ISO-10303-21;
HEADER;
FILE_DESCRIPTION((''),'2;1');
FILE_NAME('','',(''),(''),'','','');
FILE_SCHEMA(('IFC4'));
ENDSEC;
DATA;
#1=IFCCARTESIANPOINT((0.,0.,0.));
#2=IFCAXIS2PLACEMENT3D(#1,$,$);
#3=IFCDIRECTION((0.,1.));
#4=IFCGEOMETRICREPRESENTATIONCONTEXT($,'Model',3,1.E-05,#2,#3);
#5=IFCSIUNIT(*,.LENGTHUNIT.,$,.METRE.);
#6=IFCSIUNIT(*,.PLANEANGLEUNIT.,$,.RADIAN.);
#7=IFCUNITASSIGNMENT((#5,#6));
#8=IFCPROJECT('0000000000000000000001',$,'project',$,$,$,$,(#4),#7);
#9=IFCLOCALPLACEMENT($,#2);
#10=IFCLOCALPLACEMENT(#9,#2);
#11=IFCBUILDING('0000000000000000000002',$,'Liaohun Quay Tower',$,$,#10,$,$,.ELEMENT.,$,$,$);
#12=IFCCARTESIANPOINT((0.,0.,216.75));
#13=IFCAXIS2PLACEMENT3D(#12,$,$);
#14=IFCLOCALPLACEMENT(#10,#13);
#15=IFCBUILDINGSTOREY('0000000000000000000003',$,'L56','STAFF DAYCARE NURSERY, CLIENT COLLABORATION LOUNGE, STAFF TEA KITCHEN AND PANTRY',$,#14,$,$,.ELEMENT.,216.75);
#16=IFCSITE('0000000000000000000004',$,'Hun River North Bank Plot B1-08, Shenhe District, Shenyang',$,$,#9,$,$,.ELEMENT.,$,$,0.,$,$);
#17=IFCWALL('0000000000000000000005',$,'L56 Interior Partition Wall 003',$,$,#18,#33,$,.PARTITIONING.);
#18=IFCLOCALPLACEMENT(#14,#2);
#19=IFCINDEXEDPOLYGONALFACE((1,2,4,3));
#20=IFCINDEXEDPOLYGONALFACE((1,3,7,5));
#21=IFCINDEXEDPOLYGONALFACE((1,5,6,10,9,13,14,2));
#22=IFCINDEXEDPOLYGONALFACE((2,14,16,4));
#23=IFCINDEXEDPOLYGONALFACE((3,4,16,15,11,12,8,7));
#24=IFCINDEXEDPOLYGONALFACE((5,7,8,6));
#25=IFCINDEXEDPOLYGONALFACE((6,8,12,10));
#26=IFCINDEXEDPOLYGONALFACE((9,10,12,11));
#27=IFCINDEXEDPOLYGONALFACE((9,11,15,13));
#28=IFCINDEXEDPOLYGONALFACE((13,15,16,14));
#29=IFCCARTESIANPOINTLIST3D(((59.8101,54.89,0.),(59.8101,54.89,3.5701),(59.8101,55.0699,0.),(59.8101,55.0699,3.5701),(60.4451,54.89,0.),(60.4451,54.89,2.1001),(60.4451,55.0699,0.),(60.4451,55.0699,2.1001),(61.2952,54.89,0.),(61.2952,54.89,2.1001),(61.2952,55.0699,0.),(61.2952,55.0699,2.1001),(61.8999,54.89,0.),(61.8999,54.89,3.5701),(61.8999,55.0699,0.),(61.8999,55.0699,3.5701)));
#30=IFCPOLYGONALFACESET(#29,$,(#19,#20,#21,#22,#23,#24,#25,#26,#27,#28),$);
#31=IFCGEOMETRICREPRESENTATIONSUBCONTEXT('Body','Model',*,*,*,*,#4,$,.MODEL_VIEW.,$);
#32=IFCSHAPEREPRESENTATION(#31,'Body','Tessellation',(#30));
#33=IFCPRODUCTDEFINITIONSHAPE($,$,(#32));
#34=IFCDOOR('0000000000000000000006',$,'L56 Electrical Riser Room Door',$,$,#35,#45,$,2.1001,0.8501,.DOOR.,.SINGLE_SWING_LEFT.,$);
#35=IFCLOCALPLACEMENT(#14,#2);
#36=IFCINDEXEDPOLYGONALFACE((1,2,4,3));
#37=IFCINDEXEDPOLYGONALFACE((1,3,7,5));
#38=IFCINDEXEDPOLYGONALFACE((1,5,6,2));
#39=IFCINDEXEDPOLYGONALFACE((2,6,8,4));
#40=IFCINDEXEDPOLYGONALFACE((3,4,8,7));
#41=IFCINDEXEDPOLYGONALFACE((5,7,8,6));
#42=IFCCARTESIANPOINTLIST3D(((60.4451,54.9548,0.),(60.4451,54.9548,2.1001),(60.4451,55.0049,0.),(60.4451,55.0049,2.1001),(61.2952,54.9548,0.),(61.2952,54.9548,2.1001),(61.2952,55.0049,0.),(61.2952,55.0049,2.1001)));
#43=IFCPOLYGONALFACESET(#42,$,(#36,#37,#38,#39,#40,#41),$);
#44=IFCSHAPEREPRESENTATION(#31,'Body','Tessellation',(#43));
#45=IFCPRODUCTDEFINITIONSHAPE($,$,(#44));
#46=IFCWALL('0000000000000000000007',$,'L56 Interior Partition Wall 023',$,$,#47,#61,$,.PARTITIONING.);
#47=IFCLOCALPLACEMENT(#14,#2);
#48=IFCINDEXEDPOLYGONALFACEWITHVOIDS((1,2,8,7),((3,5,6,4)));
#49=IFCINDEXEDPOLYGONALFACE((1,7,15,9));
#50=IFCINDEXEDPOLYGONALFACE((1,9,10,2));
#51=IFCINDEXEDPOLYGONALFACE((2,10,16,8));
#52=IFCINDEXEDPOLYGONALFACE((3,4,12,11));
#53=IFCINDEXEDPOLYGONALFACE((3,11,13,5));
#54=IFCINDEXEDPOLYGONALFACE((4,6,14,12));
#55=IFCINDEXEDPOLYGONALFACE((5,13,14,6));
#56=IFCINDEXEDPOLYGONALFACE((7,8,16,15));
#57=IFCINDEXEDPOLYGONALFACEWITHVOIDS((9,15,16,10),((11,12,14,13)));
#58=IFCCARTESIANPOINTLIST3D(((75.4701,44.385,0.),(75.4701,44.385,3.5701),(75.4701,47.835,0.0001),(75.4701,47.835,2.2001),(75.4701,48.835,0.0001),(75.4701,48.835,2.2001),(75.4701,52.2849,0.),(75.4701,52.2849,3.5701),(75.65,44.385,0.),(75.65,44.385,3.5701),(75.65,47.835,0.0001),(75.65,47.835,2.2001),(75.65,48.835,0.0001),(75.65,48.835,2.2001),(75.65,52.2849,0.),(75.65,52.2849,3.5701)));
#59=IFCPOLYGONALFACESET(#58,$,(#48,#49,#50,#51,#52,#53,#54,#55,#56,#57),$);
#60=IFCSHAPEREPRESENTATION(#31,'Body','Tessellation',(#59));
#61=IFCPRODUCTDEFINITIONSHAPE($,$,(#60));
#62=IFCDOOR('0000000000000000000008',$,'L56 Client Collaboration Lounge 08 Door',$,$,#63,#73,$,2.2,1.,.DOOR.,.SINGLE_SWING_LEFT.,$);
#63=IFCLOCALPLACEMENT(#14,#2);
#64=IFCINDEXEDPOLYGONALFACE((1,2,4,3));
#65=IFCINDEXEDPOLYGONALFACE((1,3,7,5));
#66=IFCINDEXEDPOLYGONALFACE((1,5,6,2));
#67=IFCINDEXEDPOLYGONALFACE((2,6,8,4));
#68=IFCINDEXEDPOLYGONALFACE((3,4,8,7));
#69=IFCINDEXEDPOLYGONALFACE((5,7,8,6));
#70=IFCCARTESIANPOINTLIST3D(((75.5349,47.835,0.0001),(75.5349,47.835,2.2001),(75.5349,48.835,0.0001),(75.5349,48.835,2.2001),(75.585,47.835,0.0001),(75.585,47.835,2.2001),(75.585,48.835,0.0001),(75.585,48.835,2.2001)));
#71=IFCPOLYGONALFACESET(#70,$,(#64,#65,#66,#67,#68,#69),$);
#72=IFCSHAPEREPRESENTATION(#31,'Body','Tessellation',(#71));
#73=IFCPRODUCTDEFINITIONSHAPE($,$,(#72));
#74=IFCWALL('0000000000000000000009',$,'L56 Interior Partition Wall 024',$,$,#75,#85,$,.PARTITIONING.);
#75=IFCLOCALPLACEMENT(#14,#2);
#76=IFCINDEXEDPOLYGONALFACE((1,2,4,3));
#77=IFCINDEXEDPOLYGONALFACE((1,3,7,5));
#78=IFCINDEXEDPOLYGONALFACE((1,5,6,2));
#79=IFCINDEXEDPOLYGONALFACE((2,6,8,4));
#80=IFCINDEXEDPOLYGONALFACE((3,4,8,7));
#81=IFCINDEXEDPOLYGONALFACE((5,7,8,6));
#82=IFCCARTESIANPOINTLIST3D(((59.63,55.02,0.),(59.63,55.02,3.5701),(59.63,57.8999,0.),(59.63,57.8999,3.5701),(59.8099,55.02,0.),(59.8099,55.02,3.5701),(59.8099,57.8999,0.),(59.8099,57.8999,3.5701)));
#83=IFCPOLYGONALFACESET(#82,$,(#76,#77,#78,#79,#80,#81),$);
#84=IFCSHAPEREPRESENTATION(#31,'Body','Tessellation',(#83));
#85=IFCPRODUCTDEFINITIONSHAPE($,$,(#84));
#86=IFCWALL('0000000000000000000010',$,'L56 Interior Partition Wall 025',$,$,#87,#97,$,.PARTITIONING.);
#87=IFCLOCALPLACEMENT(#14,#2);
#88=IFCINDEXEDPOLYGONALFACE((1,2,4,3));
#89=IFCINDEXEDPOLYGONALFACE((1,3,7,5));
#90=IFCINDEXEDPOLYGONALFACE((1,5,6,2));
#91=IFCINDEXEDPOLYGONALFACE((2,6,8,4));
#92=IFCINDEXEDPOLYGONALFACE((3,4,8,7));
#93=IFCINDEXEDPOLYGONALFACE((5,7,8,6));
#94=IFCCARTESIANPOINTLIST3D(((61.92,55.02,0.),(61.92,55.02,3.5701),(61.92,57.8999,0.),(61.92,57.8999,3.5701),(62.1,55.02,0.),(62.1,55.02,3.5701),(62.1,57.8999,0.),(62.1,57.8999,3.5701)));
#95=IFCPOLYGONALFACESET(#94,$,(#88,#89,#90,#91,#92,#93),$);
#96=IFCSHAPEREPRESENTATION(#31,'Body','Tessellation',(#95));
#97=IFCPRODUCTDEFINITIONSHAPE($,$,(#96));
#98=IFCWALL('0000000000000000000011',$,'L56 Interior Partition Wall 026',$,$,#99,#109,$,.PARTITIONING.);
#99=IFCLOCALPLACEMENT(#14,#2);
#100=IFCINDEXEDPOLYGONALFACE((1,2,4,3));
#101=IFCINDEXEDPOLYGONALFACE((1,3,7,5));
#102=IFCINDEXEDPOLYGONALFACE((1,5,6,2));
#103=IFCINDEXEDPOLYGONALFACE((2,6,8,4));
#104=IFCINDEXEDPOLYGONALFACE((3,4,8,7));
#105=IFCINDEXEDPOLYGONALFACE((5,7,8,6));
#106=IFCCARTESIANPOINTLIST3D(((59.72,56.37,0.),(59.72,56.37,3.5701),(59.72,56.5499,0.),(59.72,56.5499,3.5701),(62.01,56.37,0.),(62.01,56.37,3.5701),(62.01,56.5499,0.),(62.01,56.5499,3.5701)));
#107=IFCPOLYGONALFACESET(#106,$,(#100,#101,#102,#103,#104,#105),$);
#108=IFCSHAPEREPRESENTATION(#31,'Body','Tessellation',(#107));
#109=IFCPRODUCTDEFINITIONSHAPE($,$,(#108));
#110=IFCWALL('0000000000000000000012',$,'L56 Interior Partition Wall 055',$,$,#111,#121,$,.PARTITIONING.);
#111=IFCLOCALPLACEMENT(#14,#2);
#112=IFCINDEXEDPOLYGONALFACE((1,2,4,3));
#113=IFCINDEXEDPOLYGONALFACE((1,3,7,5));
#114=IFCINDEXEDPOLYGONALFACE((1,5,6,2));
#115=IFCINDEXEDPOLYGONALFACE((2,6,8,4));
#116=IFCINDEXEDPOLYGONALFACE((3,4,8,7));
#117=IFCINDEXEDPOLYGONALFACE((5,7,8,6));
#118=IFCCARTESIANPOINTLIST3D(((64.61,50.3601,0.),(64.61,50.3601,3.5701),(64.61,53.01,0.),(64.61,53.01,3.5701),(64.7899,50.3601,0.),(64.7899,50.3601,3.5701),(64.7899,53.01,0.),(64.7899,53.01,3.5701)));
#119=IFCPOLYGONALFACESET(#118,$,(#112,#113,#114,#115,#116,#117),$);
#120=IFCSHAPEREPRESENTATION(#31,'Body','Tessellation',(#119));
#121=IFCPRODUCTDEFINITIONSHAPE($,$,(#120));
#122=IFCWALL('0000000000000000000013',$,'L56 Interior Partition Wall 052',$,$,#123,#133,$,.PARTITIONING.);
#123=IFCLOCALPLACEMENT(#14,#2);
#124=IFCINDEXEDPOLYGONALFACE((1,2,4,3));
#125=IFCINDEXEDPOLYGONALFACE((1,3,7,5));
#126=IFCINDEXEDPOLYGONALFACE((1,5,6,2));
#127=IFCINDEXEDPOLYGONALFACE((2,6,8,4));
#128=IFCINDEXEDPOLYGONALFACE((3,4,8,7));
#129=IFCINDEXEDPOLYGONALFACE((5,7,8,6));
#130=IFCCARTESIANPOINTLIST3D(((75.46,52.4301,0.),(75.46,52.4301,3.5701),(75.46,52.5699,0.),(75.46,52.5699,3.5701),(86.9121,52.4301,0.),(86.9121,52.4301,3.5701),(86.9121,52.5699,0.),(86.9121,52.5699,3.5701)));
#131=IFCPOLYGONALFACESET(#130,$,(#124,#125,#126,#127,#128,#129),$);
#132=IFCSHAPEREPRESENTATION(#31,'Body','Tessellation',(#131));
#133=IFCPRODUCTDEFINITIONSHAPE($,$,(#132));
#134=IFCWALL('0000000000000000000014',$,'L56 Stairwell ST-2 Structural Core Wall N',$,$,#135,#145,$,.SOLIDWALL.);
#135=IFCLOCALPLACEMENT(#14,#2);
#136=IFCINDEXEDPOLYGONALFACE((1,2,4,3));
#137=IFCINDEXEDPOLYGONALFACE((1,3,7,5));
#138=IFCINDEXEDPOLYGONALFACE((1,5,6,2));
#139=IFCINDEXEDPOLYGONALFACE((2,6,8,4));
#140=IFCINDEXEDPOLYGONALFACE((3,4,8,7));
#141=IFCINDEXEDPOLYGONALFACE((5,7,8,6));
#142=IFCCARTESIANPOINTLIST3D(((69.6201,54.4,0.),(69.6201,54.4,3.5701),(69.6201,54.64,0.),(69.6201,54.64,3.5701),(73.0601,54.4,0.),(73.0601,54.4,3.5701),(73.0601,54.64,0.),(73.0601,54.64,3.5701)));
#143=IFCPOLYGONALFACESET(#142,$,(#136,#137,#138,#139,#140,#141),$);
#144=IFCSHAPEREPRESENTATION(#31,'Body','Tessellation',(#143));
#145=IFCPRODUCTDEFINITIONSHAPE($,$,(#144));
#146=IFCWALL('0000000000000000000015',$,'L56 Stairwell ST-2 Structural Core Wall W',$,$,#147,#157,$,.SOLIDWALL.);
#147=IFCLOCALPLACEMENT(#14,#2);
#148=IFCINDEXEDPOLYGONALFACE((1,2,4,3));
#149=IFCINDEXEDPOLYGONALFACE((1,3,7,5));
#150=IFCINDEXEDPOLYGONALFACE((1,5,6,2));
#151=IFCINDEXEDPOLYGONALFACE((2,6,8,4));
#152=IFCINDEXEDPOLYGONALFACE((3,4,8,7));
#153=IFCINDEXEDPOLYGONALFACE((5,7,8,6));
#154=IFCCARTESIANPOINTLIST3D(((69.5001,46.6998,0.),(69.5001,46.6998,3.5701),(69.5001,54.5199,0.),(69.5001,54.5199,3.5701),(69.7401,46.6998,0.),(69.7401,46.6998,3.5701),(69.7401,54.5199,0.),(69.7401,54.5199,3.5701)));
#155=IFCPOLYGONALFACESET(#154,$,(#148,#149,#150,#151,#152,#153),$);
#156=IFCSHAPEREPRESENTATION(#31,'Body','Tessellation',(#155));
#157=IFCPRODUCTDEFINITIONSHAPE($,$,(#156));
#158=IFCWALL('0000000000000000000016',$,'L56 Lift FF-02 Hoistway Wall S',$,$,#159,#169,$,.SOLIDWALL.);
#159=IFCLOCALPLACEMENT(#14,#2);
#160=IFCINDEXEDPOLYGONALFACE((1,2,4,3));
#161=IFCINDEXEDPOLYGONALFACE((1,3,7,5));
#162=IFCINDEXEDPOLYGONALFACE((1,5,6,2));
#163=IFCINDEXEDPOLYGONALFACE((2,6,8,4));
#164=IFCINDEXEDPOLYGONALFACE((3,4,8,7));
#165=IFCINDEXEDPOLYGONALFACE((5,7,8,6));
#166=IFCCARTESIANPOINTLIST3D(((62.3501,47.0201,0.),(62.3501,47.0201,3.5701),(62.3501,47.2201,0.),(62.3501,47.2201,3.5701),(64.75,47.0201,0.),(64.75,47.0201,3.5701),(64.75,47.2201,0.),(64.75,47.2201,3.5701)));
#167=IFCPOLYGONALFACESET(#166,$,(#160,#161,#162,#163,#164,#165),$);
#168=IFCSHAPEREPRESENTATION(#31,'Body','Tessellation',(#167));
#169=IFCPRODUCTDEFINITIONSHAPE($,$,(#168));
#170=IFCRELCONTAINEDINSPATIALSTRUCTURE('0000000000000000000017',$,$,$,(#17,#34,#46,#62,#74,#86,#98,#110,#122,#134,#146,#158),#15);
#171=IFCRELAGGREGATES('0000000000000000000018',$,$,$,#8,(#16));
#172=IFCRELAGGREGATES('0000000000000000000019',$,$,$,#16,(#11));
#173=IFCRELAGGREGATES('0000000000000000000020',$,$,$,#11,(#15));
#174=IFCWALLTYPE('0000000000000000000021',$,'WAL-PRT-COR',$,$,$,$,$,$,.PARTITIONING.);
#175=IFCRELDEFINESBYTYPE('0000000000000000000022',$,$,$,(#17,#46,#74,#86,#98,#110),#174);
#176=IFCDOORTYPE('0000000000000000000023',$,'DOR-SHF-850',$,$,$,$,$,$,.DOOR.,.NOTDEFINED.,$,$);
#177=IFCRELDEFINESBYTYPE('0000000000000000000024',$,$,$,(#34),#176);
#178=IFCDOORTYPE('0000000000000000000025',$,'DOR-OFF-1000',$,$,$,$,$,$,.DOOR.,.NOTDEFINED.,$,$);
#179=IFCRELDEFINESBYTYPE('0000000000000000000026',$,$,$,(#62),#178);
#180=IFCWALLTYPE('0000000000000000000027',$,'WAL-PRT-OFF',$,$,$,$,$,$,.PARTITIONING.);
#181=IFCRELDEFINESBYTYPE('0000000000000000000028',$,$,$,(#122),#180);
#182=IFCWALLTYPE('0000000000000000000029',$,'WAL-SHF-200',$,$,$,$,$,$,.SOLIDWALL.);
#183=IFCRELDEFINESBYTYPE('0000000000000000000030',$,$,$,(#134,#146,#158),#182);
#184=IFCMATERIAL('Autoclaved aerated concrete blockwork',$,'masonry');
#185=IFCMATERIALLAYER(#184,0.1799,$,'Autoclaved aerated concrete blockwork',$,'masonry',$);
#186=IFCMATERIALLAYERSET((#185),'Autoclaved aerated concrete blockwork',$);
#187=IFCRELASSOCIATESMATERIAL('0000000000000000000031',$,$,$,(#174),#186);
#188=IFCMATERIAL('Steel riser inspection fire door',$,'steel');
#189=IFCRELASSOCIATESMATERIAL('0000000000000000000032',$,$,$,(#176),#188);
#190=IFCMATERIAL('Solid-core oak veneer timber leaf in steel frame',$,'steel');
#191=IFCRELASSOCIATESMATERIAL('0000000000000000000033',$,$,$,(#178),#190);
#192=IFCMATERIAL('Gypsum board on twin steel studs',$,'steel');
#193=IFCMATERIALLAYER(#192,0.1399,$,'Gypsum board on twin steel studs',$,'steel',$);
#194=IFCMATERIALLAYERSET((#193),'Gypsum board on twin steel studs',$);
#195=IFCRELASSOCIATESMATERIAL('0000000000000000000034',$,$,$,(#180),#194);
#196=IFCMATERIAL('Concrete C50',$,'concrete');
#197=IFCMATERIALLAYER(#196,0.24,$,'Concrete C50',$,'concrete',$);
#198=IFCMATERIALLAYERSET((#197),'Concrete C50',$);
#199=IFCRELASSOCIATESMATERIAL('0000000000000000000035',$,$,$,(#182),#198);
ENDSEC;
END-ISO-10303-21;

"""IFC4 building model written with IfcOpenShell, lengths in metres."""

from ifc_helpers import new_model, si_unit, direction, frame, frame_2d, origin, place, context, subcontext, project, spatial, rectangle, extrude, source, transform, mapped, material, layer, layer_set, type_object, element, fill, save


model = new_model("IFC4")

# Units and contexts
model_context = context("Model", 3, precision=1e-05, world=origin(), true_north=direction((0.0, 1.0)))
body_context = subcontext(model_context, "Body", "Model", "MODEL_VIEW")
ifc_project = project(units=[si_unit("LENGTHUNIT", "METRE"), si_unit("PLANEANGLEUNIT", "RADIAN")], contexts=[model_context])

# Site, building, storey
site_placement = place(None, origin())
site = spatial("IfcSite", under=ifc_project, at=site_placement, Name="Hun River North Bank Plot B1-08, Shenhe District, Shenyang", CompositionType="ELEMENT", RefElevation=0.0)
building_placement = place(site_placement, origin())
building = spatial("IfcBuilding", under=site, at=building_placement, Name="Liaohun Quay Tower", CompositionType="ELEMENT")
storey_placement = place(building_placement, frame((0.0, 0.0, 216.75)))
storey = spatial("IfcBuildingStorey", under=building, at=storey_placement, Name="L56", Description="STAFF DAYCARE NURSERY, CLIENT COLLABORATION LOUNGE, STAFF TEA KITCHEN AND PANTRY", CompositionType="ELEMENT", Elevation=216.75)

# Walls, openings, doors
ifc_material_1 = material(Name="Autoclaved aerated concrete blockwork", Category="masonry")
ifc_layer_1 = layer(ifc_material_1, 0.1799, Name="Autoclaved aerated concrete blockwork", Category="masonry")
ifc_layer_set_1 = layer_set([ifc_layer_1], Name="Autoclaved aerated concrete blockwork")
wall_type_1 = type_object("IfcWallType", Name="WAL-PRT-COR", PredefinedType="PARTITIONING", material=ifc_layer_set_1)
wall_1_placement = place(storey_placement, frame((59.8101, 54.98, 0.0), z_axis=(0.0, 0.0, 1.0), x_axis=(1.0, 0.0, 0.0)))
wall_1 = element("IfcWall", 1, at=wall_1_placement, inside=storey, type_object=wall_type_1, Name="L56 Interior Partition Wall 003", PredefinedType="PARTITIONING", context=body_context, shape_type="SweptSolid", body=[
    extrude(rectangle(XDim=2.0898, YDim=0.1799, at=frame_2d((1.0449, 0.0))), origin(), (0.0, 0.0, 1.0), 3.5701),
])
shared_shape_1 = source(origin(), body_context, "Body", "SweptSolid", [
    extrude(rectangle(XDim=0.8501, YDim=2.1001, at=frame_2d((0.425, 1.05))), frame((0.0, 0.0999, 0.0), z_axis=(0.0, -1.0, 0.0), x_axis=(1.0, 0.0, 0.0)), (0.0, 0.0, 1.0), 0.2),
])
opening_1_placement = place(wall_1_placement, frame((0.635, 0.0, 0.0)))
opening_1 = element("IfcOpeningElement", 2, at=opening_1_placement, cuts=wall_1, PredefinedType="OPENING", context=body_context, shape_type="MappedRepresentation", body=[
    mapped(shared_shape_1, transform((0.0, 0.0, 0.0), x_axis=(1.0, 0.0, 0.0), y_axis=(0.0, 1.0, 0.0), z_axis=(0.0, 0.0, 1.0), scale=1.0)),
])
ifc_material_2 = material(Name="Steel riser inspection fire door", Category="steel")
door_type_1 = type_object("IfcDoorType", Name="DOR-SHF-850", OperationType="NOTDEFINED", PredefinedType="DOOR", material=ifc_material_2)
shared_shape_2 = source(origin(), body_context, "Body", "SweptSolid", [
    extrude(rectangle(XDim=0.8501, YDim=2.1001, at=frame_2d((0.425, 1.05))), frame((0.0, 0.0249, 0.0), z_axis=(0.0, -1.0, 0.0), x_axis=(1.0, 0.0, 0.0)), (0.0, 0.0, 1.0), 0.05),
])
door_1_placement = place(opening_1_placement, origin())
door_1 = element("IfcDoor", 3, at=door_1_placement, inside=storey, type_object=door_type_1, Name="L56 Electrical Riser Room Door", OperationType="SINGLE_SWING_LEFT", OverallHeight=2.1001, OverallWidth=0.8501, PredefinedType="DOOR", context=body_context, shape_type="MappedRepresentation", body=[
    mapped(shared_shape_2, transform((0.0, 0.0, 0.0), x_axis=(1.0, 0.0, 0.0), y_axis=(0.0, 1.0, 0.0), z_axis=(0.0, 0.0, 1.0), scale=1.0)),
])
fill(opening_1, door_1)
wall_2_placement = place(storey_placement, frame((75.5601, 52.2849, 0.0), z_axis=(0.0, 0.0, 1.0), x_axis=(0.0, -1.0, 0.0)))
wall_2 = element("IfcWall", 4, at=wall_2_placement, inside=storey, type_object=wall_type_1, Name="L56 Interior Partition Wall 023", PredefinedType="PARTITIONING", context=body_context, shape_type="SweptSolid", body=[
    extrude(rectangle(XDim=7.8999, YDim=0.1799, at=frame_2d((3.95, 0.0))), origin(), (0.0, 0.0, 1.0), 3.5701),
])
shared_shape_3 = source(origin(), body_context, "Body", "SweptSolid", [
    extrude(rectangle(XDim=1.0, YDim=2.2, at=frame_2d((0.5, 1.1001))), frame((0.0, 0.0999, 0.0), z_axis=(0.0, -1.0, 0.0), x_axis=(1.0, 0.0, 0.0)), (0.0, 0.0, 1.0), 0.2),
])
opening_2_placement = place(wall_2_placement, frame((3.45, 0.0, 0.0)))
opening_2 = element("IfcOpeningElement", 5, at=opening_2_placement, cuts=wall_2, PredefinedType="OPENING", context=body_context, shape_type="MappedRepresentation", body=[
    mapped(shared_shape_3, transform((0.0, 0.0, 0.0), x_axis=(1.0, 0.0, 0.0), y_axis=(0.0, 1.0, 0.0), z_axis=(0.0, 0.0, 1.0), scale=1.0)),
])
ifc_material_3 = material(Name="Solid-core oak veneer timber leaf in steel frame", Category="steel")
door_type_2 = type_object("IfcDoorType", Name="DOR-OFF-1000", OperationType="NOTDEFINED", PredefinedType="DOOR", material=ifc_material_3)
shared_shape_4 = source(origin(), body_context, "Body", "SweptSolid", [
    extrude(rectangle(XDim=1.0, YDim=2.2, at=frame_2d((0.5, 1.1001))), frame((0.0, 0.0249, 0.0), z_axis=(0.0, -1.0, 0.0), x_axis=(1.0, 0.0, 0.0)), (0.0, 0.0, 1.0), 0.05),
])
door_2_placement = place(opening_2_placement, origin())
door_2 = element("IfcDoor", 6, at=door_2_placement, inside=storey, type_object=door_type_2, Name="L56 Client Collaboration Lounge 08 Door", OperationType="SINGLE_SWING_LEFT", OverallHeight=2.2, OverallWidth=1.0, PredefinedType="DOOR", context=body_context, shape_type="MappedRepresentation", body=[
    mapped(shared_shape_4, transform((0.0, 0.0, 0.0), x_axis=(1.0, 0.0, 0.0), y_axis=(0.0, 1.0, 0.0), z_axis=(0.0, 0.0, 1.0), scale=1.0)),
])
fill(opening_2, door_2)

# Walls
for number, where, z_axis, x_axis, name in (
    (7, (59.72, 55.02, 0.0), (0.0, 0.0, 1.0), (0.0, 1.0, 0.0), "L56 Interior Partition Wall 024"),
    (8, (62.01, 55.02, 0.0), (0.0, 0.0, 1.0), (0.0, 1.0, 0.0), "L56 Interior Partition Wall 025"),
):
    element("IfcWall", number, at=place(storey_placement, frame(where, z_axis=z_axis, x_axis=x_axis)), inside=storey, type_object=wall_type_1, Name=name, PredefinedType="PARTITIONING", context=body_context, shape_type="SweptSolid", body=[
        extrude(rectangle(XDim=2.8799, YDim=0.1799, at=frame_2d((1.4399, 0.0))), origin(), (0.0, 0.0, 1.0), 3.5701),
    ])
wall_3_placement = place(storey_placement, frame((59.72, 56.46, 0.0), z_axis=(0.0, 0.0, 1.0), x_axis=(1.0, 0.0, 0.0)))
element("IfcWall", 9, at=wall_3_placement, inside=storey, type_object=wall_type_1, Name="L56 Interior Partition Wall 026", PredefinedType="PARTITIONING", context=body_context, shape_type="SweptSolid", body=[
    extrude(rectangle(XDim=2.29, YDim=0.1799, at=frame_2d((1.145, 0.0))), origin(), (0.0, 0.0, 1.0), 3.5701),
])
wall_4_placement = place(storey_placement, frame((64.7, 50.3601, 0.0), z_axis=(0.0, 0.0, 1.0), x_axis=(0.0, 1.0, 0.0)))
element("IfcWall", 10, at=wall_4_placement, inside=storey, type_object=wall_type_1, Name="L56 Interior Partition Wall 055", PredefinedType="PARTITIONING", context=body_context, shape_type="SweptSolid", body=[
    extrude(rectangle(XDim=2.6499, YDim=0.1799, at=frame_2d((1.325, 0.0))), origin(), (0.0, 0.0, 1.0), 3.5701),
])
ifc_material_4 = material(Name="Gypsum board on twin steel studs", Category="steel")
ifc_layer_2 = layer(ifc_material_4, 0.1399, Name="Gypsum board on twin steel studs", Category="steel")
ifc_layer_set_2 = layer_set([ifc_layer_2], Name="Gypsum board on twin steel studs")
wall_type_2 = type_object("IfcWallType", Name="WAL-PRT-OFF", PredefinedType="PARTITIONING", material=ifc_layer_set_2)
wall_5_placement = place(storey_placement, frame((75.46, 52.5, 0.0), z_axis=(0.0, 0.0, 1.0), x_axis=(1.0, 0.0, 0.0)))
element("IfcWall", 11, at=wall_5_placement, inside=storey, type_object=wall_type_2, Name="L56 Interior Partition Wall 052", PredefinedType="PARTITIONING", context=body_context, shape_type="SweptSolid", body=[
    extrude(rectangle(XDim=11.4521, YDim=0.1399, at=frame_2d((5.7261, 0.0))), origin(), (0.0, 0.0, 1.0), 3.5701),
])
ifc_material_5 = material(Name="Concrete C50", Category="concrete")
ifc_layer_3 = layer(ifc_material_5, 0.24, Name="Concrete C50", Category="concrete")
ifc_layer_set_3 = layer_set([ifc_layer_3], Name="Concrete C50")
wall_type_3 = type_object("IfcWallType", Name="WAL-SHF-200", PredefinedType="SOLIDWALL", material=ifc_layer_set_3)
wall_6_placement = place(storey_placement, frame((73.0601, 54.52, 0.0), z_axis=(0.0, 0.0, 1.0), x_axis=(-1.0, 0.0, 0.0)))
element("IfcWall", 12, at=wall_6_placement, inside=storey, type_object=wall_type_3, Name="L56 Stairwell ST-2 Structural Core Wall N", PredefinedType="SOLIDWALL", context=body_context, shape_type="SweptSolid", body=[
    extrude(rectangle(XDim=3.4399, YDim=0.24, at=frame_2d((1.72, 0.0))), origin(), (0.0, 0.0, 1.0), 3.5701),
])
wall_7_placement = place(storey_placement, frame((69.6201, 54.52, 0.0), z_axis=(0.0, 0.0, 1.0), x_axis=(0.0, -1.0, 0.0)))
element("IfcWall", 13, at=wall_7_placement, inside=storey, type_object=wall_type_3, Name="L56 Stairwell ST-2 Structural Core Wall W", PredefinedType="SOLIDWALL", context=body_context, shape_type="SweptSolid", body=[
    extrude(rectangle(XDim=7.8201, YDim=0.24, at=frame_2d((3.9102, 0.0))), origin(), (0.0, 0.0, 1.0), 3.5701),
])
wall_8_placement = place(storey_placement, frame((62.3501, 47.1201, 0.0), z_axis=(0.0, 0.0, 1.0), x_axis=(1.0, 0.0, 0.0)))
element("IfcWall", 14, at=wall_8_placement, inside=storey, type_object=wall_type_3, Name="L56 Lift FF-02 Hoistway Wall S", PredefinedType="SOLIDWALL", context=body_context, shape_type="SweptSolid", body=[
    extrude(rectangle(XDim=2.3999, YDim=0.2, at=frame_2d((1.2, 0.0))), origin(), (0.0, 0.0, 1.0), 3.5701),
])

save(model, "model.ifc")
